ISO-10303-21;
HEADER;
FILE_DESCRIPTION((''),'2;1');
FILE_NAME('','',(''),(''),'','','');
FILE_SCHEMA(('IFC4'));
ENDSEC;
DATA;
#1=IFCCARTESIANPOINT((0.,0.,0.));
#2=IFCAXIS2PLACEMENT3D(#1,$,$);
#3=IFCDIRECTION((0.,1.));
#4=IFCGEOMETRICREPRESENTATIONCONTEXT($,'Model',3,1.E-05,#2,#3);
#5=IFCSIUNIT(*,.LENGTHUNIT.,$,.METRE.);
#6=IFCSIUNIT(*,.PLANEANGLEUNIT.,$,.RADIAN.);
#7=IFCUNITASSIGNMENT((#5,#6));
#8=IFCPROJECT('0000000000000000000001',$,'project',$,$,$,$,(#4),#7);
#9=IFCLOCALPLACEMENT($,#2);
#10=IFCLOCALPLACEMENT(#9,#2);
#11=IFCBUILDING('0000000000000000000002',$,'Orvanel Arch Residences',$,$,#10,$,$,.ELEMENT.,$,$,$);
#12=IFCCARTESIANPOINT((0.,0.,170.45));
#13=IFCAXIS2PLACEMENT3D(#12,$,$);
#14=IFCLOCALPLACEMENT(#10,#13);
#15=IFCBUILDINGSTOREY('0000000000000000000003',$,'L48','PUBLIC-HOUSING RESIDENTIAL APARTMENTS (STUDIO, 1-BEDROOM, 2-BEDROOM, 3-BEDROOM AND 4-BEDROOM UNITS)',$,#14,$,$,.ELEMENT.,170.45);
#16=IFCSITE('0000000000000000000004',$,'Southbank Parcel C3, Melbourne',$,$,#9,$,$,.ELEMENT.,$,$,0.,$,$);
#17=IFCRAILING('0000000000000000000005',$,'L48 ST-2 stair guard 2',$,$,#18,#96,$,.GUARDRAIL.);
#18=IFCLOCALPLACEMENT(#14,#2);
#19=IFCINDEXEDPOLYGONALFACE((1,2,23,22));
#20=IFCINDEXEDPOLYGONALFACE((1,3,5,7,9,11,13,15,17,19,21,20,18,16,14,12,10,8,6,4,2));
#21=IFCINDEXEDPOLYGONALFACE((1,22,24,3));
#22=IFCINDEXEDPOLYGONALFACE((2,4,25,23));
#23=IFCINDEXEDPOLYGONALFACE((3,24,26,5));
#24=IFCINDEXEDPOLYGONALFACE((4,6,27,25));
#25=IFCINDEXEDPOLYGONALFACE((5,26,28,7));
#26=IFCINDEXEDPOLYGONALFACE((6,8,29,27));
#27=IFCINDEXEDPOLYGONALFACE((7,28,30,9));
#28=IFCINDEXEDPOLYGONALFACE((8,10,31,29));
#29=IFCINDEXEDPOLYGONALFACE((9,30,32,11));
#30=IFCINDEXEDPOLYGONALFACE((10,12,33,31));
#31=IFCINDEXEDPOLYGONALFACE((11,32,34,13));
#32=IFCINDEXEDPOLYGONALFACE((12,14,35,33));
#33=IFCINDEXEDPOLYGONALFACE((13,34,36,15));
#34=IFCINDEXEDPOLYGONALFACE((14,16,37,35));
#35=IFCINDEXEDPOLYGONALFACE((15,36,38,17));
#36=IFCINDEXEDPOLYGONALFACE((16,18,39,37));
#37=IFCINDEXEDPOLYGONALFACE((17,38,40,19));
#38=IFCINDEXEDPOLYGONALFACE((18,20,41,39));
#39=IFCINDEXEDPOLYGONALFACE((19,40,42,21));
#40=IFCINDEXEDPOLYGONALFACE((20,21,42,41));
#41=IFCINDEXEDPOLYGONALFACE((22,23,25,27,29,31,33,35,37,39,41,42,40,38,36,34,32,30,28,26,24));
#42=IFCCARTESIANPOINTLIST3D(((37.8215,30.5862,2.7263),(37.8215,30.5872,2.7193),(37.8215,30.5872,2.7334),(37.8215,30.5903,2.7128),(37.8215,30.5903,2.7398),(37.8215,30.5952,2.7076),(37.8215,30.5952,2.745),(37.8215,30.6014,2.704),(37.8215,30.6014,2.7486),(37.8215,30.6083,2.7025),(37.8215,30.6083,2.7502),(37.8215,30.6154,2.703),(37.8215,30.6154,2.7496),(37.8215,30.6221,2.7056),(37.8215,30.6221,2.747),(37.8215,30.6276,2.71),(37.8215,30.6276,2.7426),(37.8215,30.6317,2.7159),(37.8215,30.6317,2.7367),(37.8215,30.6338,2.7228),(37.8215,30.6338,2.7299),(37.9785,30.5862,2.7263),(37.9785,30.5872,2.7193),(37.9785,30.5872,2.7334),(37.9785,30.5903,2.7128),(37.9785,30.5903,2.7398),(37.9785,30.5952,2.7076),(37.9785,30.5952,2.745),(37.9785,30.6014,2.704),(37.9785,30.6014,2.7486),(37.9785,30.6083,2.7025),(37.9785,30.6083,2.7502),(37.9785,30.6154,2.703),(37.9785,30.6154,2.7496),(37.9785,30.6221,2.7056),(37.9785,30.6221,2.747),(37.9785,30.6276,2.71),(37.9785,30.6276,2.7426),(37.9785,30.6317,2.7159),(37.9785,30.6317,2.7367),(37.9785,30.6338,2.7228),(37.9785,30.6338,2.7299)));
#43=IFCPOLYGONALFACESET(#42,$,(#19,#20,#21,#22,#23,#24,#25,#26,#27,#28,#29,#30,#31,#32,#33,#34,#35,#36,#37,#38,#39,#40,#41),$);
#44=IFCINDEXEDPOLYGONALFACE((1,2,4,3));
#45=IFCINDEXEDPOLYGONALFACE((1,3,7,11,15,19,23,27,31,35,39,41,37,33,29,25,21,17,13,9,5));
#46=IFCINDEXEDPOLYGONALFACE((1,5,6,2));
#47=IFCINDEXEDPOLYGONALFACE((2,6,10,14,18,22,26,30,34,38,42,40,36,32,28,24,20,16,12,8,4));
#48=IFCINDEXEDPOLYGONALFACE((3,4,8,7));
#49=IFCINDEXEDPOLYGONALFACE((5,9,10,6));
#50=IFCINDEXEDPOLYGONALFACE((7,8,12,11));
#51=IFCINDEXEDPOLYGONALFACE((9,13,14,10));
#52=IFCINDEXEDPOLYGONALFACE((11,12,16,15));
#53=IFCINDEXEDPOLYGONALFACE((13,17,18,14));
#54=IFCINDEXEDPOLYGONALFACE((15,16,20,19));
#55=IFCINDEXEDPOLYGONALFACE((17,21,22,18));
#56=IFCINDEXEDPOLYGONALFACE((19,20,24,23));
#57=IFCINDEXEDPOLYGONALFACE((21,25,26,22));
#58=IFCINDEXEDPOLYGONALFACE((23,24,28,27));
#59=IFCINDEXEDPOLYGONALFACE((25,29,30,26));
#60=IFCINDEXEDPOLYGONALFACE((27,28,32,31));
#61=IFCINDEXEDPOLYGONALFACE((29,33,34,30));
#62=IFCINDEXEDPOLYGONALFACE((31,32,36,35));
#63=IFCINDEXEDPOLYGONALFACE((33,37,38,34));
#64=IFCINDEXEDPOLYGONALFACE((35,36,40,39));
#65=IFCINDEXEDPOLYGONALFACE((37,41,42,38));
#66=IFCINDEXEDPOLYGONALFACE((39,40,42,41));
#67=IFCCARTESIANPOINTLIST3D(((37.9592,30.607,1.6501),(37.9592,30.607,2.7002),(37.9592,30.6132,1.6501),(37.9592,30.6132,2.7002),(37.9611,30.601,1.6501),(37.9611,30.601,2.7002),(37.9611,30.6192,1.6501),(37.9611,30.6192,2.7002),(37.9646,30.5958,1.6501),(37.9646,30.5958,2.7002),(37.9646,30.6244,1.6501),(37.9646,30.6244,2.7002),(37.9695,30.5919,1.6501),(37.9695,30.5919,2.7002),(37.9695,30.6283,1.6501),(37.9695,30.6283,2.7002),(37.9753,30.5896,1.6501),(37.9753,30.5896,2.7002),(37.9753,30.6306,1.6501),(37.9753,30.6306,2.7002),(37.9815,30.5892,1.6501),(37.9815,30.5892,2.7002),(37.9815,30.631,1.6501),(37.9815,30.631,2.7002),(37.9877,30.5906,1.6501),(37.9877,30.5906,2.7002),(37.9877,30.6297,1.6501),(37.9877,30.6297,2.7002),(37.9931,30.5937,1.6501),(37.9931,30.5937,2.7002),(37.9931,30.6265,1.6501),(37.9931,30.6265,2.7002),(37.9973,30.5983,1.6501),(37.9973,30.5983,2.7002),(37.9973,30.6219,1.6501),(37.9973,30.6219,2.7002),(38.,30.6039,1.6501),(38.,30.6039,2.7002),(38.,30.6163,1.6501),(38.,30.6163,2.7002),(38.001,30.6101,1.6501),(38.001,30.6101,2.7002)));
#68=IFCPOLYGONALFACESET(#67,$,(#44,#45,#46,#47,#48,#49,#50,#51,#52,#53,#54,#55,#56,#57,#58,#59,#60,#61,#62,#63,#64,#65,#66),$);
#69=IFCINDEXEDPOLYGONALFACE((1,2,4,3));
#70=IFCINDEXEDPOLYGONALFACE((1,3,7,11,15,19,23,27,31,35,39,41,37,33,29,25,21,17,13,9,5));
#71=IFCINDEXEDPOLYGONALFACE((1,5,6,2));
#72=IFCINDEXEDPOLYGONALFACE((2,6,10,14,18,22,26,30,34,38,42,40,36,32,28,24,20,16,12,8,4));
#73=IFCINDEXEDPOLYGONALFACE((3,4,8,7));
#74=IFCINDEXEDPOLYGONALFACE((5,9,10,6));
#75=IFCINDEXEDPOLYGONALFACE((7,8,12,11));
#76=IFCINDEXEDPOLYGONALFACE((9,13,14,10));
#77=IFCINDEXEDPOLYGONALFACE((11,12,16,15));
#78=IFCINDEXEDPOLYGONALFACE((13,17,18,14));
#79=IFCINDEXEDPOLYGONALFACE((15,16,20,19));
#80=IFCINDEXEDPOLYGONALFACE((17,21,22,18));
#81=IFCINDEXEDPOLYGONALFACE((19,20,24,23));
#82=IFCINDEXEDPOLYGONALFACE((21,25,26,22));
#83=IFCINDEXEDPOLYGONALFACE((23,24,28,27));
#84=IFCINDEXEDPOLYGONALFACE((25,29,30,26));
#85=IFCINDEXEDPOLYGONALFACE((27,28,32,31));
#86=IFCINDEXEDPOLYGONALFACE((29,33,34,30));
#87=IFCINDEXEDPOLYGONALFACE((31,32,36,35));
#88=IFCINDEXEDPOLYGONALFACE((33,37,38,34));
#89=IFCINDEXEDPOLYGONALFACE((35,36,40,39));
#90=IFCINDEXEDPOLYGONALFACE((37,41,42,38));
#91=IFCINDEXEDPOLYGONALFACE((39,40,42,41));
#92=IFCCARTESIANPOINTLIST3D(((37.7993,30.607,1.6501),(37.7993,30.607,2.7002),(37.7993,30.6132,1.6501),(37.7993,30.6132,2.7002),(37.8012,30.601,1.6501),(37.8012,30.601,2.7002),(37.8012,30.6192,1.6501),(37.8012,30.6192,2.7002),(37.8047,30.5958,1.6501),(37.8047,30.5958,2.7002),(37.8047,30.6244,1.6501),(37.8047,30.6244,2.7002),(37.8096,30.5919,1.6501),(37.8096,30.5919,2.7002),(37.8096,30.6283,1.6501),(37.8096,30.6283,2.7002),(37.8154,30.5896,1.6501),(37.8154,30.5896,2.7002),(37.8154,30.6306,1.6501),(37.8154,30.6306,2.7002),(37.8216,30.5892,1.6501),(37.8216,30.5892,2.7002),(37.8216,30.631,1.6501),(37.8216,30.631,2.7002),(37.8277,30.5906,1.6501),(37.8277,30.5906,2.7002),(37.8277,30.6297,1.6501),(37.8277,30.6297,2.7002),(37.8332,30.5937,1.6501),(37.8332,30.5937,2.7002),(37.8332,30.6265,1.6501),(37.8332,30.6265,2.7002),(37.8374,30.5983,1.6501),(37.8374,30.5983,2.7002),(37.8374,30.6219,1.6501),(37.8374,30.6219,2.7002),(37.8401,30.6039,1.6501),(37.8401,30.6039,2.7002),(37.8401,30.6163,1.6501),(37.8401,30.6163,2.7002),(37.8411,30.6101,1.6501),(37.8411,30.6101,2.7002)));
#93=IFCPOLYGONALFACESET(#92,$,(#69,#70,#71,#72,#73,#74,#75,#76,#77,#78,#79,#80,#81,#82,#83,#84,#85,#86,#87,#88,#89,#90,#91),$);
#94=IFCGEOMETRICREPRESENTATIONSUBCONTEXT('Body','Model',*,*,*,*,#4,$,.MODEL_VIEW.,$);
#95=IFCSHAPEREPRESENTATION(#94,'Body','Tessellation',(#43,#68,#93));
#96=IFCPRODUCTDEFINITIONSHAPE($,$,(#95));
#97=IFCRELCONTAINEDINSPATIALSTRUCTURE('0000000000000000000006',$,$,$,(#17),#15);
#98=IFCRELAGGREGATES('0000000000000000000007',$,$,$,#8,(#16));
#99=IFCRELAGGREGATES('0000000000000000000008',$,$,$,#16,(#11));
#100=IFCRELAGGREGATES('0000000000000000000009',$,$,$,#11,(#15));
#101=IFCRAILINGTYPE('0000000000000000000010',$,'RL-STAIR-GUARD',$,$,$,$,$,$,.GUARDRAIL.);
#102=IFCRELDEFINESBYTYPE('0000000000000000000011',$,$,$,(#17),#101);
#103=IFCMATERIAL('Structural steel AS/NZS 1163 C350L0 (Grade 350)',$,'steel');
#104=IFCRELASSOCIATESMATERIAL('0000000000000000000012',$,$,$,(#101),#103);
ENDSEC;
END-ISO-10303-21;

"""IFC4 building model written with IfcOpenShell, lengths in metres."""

from ifc_helpers import new_model, si_unit, direction, frame, origin, origin_2d, place, context, subcontext, project, spatial, circle, extrude, material, type_object, element, save


model = new_model("IFC4")

# Units and contexts
model_context = context("Model", 3, precision=1e-05, world=origin(), true_north=direction((0.0, 1.0)))
body_context = subcontext(model_context, "Body", "Model", "MODEL_VIEW")
ifc_project = project(units=[si_unit("LENGTHUNIT", "METRE"), si_unit("PLANEANGLEUNIT", "RADIAN")], contexts=[model_context])

# Site, building, storey
site_placement = place(None, origin())
site = spatial("IfcSite", under=ifc_project, at=site_placement, Name="Southbank Parcel C3, Melbourne", CompositionType="ELEMENT", RefElevation=0.0)
building_placement = place(site_placement, origin())
building = spatial("IfcBuilding", under=site, at=building_placement, Name="Orvanel Arch Residences", CompositionType="ELEMENT")
storey_placement = place(building_placement, frame((0.0, 0.0, 170.45)))
storey = spatial("IfcBuildingStorey", under=building, at=storey_placement, Name="L48", Description="PUBLIC-HOUSING RESIDENTIAL APARTMENTS (STUDIO, 1-BEDROOM, 2-BEDROOM, 3-BEDROOM AND 4-BEDROOM UNITS)", CompositionType="ELEMENT", Elevation=170.45)

# Railing
ifc_material_1 = material(Name="Structural steel AS/NZS 1163 C350L0 (Grade 350)", Category="steel")
railing_type_1 = type_object("IfcRailingType", Name="RL-STAIR-GUARD", PredefinedType="GUARDRAIL", material=ifc_material_1)
railing_1_placement = place(storey_placement, frame((37.98, 30.6101, 1.6501)))
element("IfcRailing", 1, at=railing_1_placement, inside=storey, type_object=railing_type_1, Name="L48 ST-2 stair guard 2", PredefinedType="GUARDRAIL", context=body_context, shape_type="SweptSolid", body=[
    extrude(circle(Radius=0.0239, at=origin_2d()), frame((-0.0015, 0.0, 1.0762), z_axis=(-1.0, 0.0, 0.0), x_axis=(0.0, -1.0, 0.0)), (0.0, 0.0, 1.0), 0.157),
    extrude(circle(Radius=0.021, at=origin_2d()), origin(), (0.0, 0.0, 1.0), 1.05),
    extrude(circle(Radius=0.021, at=origin_2d()), frame((-0.1599, 0.0, 0.0)), (0.0, 0.0, 1.0), 1.05),
])

save(model, "model.ifc")
